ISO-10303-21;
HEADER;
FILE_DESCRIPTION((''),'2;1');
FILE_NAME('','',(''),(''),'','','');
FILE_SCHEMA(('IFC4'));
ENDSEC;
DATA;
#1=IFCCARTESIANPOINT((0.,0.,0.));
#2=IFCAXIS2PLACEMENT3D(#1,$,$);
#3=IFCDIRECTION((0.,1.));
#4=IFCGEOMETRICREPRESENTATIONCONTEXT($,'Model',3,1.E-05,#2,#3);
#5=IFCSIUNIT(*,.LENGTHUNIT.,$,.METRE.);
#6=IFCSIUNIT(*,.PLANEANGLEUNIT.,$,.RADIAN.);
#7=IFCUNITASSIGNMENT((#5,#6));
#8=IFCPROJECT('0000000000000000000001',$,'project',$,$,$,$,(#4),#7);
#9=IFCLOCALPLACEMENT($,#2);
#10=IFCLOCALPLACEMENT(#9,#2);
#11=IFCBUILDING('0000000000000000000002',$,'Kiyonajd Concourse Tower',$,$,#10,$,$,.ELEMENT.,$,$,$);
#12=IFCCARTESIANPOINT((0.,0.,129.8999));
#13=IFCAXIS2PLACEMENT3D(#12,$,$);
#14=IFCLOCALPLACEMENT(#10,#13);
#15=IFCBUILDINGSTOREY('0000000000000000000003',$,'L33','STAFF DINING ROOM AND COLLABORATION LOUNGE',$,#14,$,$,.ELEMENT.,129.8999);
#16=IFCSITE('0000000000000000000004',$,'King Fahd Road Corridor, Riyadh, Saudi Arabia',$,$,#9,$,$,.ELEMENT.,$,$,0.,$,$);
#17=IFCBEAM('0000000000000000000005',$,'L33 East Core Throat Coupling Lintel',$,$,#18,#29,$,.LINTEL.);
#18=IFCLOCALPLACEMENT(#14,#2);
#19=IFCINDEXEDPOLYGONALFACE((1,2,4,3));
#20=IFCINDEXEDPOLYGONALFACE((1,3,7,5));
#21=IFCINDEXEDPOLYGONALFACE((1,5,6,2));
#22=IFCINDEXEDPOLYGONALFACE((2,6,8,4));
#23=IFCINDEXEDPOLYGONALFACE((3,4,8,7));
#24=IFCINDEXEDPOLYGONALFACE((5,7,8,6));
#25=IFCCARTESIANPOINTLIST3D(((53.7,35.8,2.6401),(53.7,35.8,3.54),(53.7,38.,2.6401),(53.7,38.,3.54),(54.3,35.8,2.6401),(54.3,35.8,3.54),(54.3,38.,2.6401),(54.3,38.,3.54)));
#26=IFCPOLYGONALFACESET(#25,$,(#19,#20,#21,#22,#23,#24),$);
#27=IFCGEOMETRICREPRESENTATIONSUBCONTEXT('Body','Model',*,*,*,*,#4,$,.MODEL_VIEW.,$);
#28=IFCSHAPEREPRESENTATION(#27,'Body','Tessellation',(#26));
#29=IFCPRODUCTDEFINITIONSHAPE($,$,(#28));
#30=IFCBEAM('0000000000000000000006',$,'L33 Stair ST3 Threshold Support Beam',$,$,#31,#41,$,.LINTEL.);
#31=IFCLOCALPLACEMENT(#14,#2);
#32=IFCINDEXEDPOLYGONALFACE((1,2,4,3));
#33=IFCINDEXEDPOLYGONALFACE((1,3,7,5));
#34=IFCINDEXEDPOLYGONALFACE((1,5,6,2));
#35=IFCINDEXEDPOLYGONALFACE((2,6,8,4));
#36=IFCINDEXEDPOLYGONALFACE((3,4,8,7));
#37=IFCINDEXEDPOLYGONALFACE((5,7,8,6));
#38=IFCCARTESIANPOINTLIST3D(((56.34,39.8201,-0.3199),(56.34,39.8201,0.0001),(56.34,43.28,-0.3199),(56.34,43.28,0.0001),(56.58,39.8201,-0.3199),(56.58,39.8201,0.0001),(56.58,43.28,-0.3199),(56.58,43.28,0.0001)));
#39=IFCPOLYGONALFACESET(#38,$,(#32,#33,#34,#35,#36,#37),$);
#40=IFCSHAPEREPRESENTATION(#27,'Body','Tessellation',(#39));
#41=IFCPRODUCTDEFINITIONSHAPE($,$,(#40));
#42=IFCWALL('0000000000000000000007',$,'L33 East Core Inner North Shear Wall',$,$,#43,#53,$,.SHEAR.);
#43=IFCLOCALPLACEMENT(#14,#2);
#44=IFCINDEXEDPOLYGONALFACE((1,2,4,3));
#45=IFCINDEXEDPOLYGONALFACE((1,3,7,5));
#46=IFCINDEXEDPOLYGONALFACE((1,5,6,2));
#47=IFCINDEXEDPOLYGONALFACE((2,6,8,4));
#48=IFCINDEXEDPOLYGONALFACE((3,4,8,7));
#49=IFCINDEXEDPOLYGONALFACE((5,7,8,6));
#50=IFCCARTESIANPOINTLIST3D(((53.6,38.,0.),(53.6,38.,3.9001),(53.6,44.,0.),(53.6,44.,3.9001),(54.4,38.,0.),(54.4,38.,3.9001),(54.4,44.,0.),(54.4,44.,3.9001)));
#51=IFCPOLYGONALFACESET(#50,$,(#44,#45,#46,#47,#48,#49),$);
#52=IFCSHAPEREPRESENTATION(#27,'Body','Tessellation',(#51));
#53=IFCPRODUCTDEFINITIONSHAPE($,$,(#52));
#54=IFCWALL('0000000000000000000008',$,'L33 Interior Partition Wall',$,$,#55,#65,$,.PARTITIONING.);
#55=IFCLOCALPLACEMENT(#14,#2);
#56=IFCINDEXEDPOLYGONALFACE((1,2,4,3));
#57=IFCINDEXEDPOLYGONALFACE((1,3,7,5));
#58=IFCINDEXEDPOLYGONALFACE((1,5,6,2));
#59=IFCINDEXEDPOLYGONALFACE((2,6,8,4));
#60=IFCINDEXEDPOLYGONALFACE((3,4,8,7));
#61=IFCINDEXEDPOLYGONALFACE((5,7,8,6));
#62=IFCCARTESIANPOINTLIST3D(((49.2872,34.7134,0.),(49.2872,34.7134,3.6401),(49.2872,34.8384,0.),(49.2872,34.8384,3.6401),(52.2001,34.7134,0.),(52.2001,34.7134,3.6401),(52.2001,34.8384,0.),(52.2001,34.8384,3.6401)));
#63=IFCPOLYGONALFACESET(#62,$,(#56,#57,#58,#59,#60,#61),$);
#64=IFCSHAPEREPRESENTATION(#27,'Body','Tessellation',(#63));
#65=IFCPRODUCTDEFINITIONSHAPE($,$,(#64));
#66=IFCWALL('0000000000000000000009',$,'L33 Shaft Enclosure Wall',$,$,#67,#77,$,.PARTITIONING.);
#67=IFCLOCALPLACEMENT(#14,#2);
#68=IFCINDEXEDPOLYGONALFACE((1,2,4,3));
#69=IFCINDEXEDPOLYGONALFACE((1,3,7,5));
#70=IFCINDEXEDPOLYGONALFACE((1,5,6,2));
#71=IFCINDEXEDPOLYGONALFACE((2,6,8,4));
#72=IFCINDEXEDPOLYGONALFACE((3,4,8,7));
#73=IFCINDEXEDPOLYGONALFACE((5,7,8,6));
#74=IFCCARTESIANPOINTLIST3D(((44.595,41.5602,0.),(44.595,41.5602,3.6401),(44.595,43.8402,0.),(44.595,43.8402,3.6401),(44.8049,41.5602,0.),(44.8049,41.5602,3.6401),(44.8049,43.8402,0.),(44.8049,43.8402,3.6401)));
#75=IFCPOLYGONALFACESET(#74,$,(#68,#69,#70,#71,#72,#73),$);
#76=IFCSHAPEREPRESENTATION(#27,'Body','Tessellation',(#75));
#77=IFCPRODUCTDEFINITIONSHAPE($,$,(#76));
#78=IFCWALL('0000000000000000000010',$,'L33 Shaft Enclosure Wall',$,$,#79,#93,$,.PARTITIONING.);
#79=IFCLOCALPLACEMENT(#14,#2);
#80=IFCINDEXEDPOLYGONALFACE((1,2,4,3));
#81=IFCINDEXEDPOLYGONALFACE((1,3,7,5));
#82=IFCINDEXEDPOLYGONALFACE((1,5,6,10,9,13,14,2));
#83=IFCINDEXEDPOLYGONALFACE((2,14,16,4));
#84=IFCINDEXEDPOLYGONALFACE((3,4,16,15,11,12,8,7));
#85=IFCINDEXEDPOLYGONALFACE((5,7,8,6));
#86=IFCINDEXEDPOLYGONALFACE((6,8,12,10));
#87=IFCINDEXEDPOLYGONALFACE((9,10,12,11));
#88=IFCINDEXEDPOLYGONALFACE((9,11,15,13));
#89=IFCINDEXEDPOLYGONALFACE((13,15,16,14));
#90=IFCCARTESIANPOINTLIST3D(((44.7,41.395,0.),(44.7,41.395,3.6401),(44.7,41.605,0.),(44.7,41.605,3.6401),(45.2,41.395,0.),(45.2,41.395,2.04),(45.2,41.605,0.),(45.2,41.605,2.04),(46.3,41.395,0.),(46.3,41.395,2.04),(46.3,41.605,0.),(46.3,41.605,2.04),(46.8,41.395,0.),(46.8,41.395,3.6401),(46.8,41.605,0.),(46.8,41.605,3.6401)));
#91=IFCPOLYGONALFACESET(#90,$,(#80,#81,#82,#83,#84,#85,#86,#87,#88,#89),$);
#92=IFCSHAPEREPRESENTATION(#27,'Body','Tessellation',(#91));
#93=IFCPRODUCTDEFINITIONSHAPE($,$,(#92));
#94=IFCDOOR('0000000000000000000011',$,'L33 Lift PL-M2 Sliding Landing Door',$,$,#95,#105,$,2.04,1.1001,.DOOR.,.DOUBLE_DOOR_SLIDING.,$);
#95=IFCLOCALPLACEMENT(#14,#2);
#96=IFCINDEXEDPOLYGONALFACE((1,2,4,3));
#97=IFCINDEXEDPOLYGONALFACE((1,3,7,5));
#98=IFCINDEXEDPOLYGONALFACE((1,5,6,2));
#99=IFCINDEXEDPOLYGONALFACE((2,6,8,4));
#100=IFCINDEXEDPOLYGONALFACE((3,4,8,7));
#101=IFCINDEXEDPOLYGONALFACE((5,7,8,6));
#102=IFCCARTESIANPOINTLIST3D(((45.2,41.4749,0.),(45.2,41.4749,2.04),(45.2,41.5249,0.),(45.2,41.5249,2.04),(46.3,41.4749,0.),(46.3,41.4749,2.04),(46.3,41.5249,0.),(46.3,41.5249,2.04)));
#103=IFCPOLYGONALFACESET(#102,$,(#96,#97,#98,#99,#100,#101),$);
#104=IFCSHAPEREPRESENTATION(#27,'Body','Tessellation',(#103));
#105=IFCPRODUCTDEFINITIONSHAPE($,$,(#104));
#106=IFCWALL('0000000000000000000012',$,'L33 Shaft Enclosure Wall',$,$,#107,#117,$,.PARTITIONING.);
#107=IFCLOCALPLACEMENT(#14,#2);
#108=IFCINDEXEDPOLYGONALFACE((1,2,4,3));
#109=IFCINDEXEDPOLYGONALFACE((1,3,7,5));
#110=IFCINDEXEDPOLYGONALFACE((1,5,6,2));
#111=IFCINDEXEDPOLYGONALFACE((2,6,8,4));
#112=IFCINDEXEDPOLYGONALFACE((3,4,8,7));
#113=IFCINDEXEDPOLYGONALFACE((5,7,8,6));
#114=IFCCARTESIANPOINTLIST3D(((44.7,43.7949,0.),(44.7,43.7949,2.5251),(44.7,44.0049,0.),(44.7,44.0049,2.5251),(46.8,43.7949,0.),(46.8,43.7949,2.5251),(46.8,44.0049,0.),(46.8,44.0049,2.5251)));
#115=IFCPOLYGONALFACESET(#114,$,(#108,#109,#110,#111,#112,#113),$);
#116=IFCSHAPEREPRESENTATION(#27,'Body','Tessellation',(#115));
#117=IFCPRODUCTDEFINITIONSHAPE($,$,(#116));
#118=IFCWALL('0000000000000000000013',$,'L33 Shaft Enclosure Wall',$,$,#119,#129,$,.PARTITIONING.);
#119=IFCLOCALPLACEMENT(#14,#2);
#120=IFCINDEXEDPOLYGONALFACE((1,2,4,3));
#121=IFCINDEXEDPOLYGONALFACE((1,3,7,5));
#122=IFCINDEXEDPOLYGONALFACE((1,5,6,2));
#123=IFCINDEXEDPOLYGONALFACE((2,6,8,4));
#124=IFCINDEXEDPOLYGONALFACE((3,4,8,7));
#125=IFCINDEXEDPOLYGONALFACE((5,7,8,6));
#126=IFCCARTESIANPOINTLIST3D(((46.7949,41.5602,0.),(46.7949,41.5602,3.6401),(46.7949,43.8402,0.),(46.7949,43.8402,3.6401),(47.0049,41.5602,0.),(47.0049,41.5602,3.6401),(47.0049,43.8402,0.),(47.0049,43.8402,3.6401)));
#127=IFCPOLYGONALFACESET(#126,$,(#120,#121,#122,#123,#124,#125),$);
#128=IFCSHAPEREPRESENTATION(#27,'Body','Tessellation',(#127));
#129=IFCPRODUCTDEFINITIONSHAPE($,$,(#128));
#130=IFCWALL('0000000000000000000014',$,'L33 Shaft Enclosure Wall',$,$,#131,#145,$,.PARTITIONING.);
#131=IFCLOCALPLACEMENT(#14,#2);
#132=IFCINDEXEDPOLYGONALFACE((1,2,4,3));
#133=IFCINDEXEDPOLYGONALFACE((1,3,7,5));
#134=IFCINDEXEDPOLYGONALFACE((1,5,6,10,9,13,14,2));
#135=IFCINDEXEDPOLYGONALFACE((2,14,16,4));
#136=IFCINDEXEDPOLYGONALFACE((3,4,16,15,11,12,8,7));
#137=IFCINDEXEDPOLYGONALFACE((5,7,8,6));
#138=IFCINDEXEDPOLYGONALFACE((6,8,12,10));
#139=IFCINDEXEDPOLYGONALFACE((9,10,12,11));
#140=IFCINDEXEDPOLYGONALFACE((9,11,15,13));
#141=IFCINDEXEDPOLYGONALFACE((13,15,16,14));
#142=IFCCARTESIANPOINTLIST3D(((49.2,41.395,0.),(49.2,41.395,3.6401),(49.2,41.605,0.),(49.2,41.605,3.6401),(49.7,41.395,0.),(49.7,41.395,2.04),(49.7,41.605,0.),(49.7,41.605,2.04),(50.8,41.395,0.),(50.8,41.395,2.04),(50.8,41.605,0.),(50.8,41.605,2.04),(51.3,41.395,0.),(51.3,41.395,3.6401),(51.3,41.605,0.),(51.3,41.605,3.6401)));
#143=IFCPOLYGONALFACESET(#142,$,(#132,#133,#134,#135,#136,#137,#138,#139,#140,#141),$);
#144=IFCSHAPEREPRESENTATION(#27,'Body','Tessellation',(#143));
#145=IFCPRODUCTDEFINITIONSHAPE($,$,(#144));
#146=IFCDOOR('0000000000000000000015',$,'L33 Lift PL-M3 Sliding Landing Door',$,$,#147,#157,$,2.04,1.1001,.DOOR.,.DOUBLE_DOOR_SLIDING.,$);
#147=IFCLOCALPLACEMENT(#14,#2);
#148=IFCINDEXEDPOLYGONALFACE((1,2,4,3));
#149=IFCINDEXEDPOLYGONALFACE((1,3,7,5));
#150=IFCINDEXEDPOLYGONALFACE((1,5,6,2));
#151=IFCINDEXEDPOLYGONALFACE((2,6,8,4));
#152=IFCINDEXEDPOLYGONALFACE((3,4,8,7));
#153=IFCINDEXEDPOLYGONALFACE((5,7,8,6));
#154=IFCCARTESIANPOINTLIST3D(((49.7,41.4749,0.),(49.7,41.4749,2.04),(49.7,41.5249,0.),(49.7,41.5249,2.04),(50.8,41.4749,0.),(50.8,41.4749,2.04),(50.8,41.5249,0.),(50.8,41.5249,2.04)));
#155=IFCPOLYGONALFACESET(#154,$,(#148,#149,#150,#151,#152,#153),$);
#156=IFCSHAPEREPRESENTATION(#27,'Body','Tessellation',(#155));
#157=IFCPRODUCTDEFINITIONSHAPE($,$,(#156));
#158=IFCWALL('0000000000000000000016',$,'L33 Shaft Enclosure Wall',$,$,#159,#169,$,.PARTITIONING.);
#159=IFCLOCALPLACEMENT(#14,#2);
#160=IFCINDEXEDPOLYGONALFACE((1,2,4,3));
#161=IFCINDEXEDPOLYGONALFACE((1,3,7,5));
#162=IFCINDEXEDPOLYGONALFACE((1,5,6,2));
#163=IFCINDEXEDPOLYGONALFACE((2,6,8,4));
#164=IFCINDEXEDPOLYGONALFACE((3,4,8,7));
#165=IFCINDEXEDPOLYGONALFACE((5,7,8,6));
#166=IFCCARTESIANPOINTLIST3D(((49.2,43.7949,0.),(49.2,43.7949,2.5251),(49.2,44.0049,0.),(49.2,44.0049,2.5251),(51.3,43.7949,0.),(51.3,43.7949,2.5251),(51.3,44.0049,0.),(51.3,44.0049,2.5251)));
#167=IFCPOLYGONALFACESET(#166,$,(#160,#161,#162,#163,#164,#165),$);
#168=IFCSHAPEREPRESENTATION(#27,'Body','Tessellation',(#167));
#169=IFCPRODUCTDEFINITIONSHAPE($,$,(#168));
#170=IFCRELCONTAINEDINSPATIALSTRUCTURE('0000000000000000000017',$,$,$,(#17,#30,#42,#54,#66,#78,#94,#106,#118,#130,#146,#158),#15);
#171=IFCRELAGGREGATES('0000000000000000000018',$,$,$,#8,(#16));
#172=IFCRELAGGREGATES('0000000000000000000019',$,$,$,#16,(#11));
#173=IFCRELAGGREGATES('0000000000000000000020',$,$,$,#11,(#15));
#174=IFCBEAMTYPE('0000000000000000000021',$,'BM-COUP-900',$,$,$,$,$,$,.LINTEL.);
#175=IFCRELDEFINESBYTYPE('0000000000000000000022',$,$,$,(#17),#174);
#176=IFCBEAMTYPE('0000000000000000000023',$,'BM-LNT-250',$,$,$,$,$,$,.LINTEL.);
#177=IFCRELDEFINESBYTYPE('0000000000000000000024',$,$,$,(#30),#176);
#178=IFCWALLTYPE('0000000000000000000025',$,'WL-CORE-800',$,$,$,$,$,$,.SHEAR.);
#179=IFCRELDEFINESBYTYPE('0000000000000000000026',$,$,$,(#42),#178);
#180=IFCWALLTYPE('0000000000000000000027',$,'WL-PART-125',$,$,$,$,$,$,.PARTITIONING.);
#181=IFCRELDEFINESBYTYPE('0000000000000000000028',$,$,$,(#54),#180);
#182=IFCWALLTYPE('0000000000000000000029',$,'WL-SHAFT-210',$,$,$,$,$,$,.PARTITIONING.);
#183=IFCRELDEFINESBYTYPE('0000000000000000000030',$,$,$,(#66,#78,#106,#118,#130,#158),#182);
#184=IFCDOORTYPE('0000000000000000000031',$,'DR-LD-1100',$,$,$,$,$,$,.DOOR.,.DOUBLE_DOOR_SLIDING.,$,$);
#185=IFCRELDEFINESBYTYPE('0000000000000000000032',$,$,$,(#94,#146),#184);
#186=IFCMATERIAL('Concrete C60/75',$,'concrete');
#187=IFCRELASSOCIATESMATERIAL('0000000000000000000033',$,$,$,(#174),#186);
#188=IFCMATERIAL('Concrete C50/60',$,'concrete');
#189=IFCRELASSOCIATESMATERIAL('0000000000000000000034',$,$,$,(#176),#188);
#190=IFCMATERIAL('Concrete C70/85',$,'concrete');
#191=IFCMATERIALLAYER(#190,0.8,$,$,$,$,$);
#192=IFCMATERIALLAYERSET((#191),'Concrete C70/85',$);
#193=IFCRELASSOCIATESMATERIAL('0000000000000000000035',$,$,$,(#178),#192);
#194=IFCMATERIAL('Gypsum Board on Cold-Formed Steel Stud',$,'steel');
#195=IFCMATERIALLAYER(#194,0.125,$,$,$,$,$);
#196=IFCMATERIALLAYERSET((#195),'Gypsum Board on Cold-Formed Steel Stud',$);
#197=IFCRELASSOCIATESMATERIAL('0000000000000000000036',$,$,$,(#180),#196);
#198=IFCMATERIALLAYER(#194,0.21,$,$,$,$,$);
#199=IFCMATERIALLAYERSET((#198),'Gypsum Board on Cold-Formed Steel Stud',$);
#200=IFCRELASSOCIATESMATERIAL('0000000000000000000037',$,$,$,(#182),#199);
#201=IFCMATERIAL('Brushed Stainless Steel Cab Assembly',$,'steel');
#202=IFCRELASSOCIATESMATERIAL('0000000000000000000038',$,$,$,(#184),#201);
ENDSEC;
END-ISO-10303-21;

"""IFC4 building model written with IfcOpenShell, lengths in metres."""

from ifc_helpers import new_model, si_unit, direction, frame, frame_2d, origin, origin_2d, place, context, subcontext, project, spatial, rectangle, extrude, material, layer, layer_set, material_profile, profile_set, type_object, element, fill, save


model = new_model("IFC4")

# Units and contexts
model_context = context("Model", 3, precision=1e-05, world=origin(), true_north=direction((0.0, 1.0)))
body_context = subcontext(model_context, "Body", "Model", "MODEL_VIEW")
ifc_project = project(units=[si_unit("LENGTHUNIT", "METRE"), si_unit("PLANEANGLEUNIT", "RADIAN")], contexts=[model_context])

# Site, building, storey
site_placement = place(None, origin())
site = spatial("IfcSite", under=ifc_project, at=site_placement, Name="King Fahd Road Corridor, Riyadh, Saudi Arabia", CompositionType="ELEMENT", RefElevation=0.0)
building_placement = place(site_placement, origin())
building = spatial("IfcBuilding", under=site, at=building_placement, Name="Kiyonajd Concourse Tower", CompositionType="ELEMENT")
storey_placement = place(building_placement, frame((0.0, 0.0, 129.8999)))
storey = spatial("IfcBuildingStorey", under=building, at=storey_placement, Name="L33", Description="STAFF DINING ROOM AND COLLABORATION LOUNGE", CompositionType="ELEMENT", Elevation=129.8999)

# Beams
ifc_material_1 = material(Name="Concrete C60/75", Category="concrete")
ifc_material_profile_1 = material_profile(ifc_material_1, rectangle(XDim=0.6001, YDim=0.8999, at=origin_2d()), Name="RCBM-600x900")
ifc_profile_set_1 = profile_set([ifc_material_profile_1], Name="Concrete C60/75")
beam_type_1 = type_object("IfcBeamType", Name="BM-COUP-900", PredefinedType="LINTEL", material=ifc_profile_set_1)
beam_1_placement = place(storey_placement, frame((54.0, 35.8, 3.0901), z_axis=(0.0, 1.0, 0.0), x_axis=(-1.0, 0.0, 0.0)))
element("IfcBeam", 1, at=beam_1_placement, inside=storey, type_object=beam_type_1, Name="L33 East Core Throat Coupling Lintel", PredefinedType="LINTEL", context=body_context, shape_type="SweptSolid", body=[
    extrude(rectangle(XDim=0.6001, YDim=0.8999, at=origin_2d()), origin(), (0.0, 0.0, 1.0), 2.2),
])
ifc_material_2 = material(Name="Concrete C50/60", Category="concrete")
ifc_material_profile_2 = material_profile(ifc_material_2, rectangle(XDim=0.24, YDim=0.3201, at=origin_2d()), Name="RCBM-240x320")
ifc_profile_set_2 = profile_set([ifc_material_profile_2], Name="Concrete C50/60")
beam_type_2 = type_object("IfcBeamType", Name="BM-LNT-250", PredefinedType="LINTEL", material=ifc_profile_set_2)
beam_2_placement = place(storey_placement, frame((56.46, 39.8201, -0.1599), z_axis=(0.0, 1.0, 0.0), x_axis=(-1.0, 0.0, 0.0)))
element("IfcBeam", 2, at=beam_2_placement, inside=storey, type_object=beam_type_2, Name="L33 Stair ST3 Threshold Support Beam", PredefinedType="LINTEL", context=body_context, shape_type="SweptSolid", body=[
    extrude(rectangle(XDim=0.24, YDim=0.3201, at=origin_2d()), origin(), (0.0, 0.0, 1.0), 3.46),
])

# Walls
ifc_material_3 = material(Name="Concrete C70/85", Category="concrete")
ifc_layer_1 = layer(ifc_material_3, 0.8)
ifc_layer_set_1 = layer_set([ifc_layer_1], Name="Concrete C70/85")
wall_type_1 = type_object("IfcWallType", Name="WL-CORE-800", PredefinedType="SHEAR", material=ifc_layer_set_1)
wall_1_placement = place(storey_placement, frame((54.0, 38.0, 0.0), z_axis=(0.0, 0.0, 1.0), x_axis=(0.0, 1.0, 0.0)))
element("IfcWall", 3, at=wall_1_placement, inside=storey, type_object=wall_type_1, Name="L33 East Core Inner North Shear Wall", PredefinedType="SHEAR", context=body_context, shape_type="SweptSolid", body=[
    extrude(rectangle(XDim=6.0, YDim=0.8, at=frame_2d((3.0, 0.0))), origin(), (0.0, 0.0, 1.0), 3.9001),
])
ifc_material_4 = material(Name="Gypsum Board on Cold-Formed Steel Stud", Category="steel")
ifc_layer_2 = layer(ifc_material_4, 0.125)
ifc_layer_set_2 = layer_set([ifc_layer_2], Name="Gypsum Board on Cold-Formed Steel Stud")
wall_type_2 = type_object("IfcWallType", Name="WL-PART-125", PredefinedType="PARTITIONING", material=ifc_layer_set_2)
wall_2_placement = place(storey_placement, frame((49.2871, 34.7759, 0.0), z_axis=(0.0, 0.0, 1.0), x_axis=(1.0, 0.0, 0.0)))
element("IfcWall", 4, at=wall_2_placement, inside=storey, type_object=wall_type_2, Name="L33 Interior Partition Wall", PredefinedType="PARTITIONING", context=body_context, shape_type="SweptSolid", body=[
    extrude(rectangle(XDim=2.9128, YDim=0.125, at=frame_2d((1.4565, 0.0))), origin(), (0.0, 0.0, 1.0), 3.6401),
])
ifc_layer_3 = layer(ifc_material_4, 0.21)
ifc_layer_set_3 = layer_set([ifc_layer_3], Name="Gypsum Board on Cold-Formed Steel Stud")
wall_type_3 = type_object("IfcWallType", Name="WL-SHAFT-210", PredefinedType="PARTITIONING", material=ifc_layer_set_3)
wall_3_placement = place(storey_placement, frame((44.7, 41.5601, 0.0), z_axis=(0.0, 0.0, 1.0), x_axis=(0.0, 1.0, 0.0)))
element("IfcWall", 5, at=wall_3_placement, inside=storey, type_object=wall_type_3, Name="L33 Shaft Enclosure Wall", PredefinedType="PARTITIONING", context=body_context, shape_type="SweptSolid", body=[
    extrude(rectangle(XDim=2.28, YDim=0.21, at=frame_2d((1.1401, 0.0))), origin(), (0.0, 0.0, 1.0), 3.6401),
])

# Wall, opening, door
wall_4_placement = place(storey_placement, frame((44.7, 41.5, 0.0), z_axis=(0.0, 0.0, 1.0), x_axis=(1.0, 0.0, 0.0)))
wall_4 = element("IfcWall", 6, at=wall_4_placement, inside=storey, type_object=wall_type_3, Name="L33 Shaft Enclosure Wall", PredefinedType="PARTITIONING", context=body_context, shape_type="SweptSolid", body=[
    extrude(rectangle(XDim=2.1001, YDim=0.21, at=frame_2d((1.05, 0.0))), origin(), (0.0, 0.0, 1.0), 3.6401),
])
opening_1_placement = place(wall_4_placement, frame((0.5, 0.0, 0.0)))
opening_1 = element("IfcOpeningElement", 7, at=opening_1_placement, cuts=wall_4, PredefinedType="OPENING", context=body_context, shape_type="SweptSolid", body=[
    extrude(rectangle(XDim=1.1001, YDim=2.04, at=frame_2d((0.55, 1.02))), frame((0.0, 0.115, 0.0), z_axis=(0.0, -1.0, 0.0), x_axis=(1.0, 0.0, 0.0)), (0.0, 0.0, 1.0), 0.23),
])
ifc_material_5 = material(Name="Brushed Stainless Steel Cab Assembly", Category="steel")
door_type_1 = type_object("IfcDoorType", Name="DR-LD-1100", OperationType="DOUBLE_DOOR_SLIDING", PredefinedType="DOOR", material=ifc_material_5)
door_1_placement = place(opening_1_placement, origin())
door_1 = element("IfcDoor", 8, at=door_1_placement, inside=storey, type_object=door_type_1, Name="L33 Lift PL-M2 Sliding Landing Door", OperationType="DOUBLE_DOOR_SLIDING", OverallHeight=2.04, OverallWidth=1.1001, PredefinedType="DOOR", context=body_context, shape_type="SweptSolid", body=[
    extrude(rectangle(XDim=1.1001, YDim=2.04, at=frame_2d((0.55, 1.02))), frame((0.0, 0.0249, 0.0), z_axis=(0.0, -1.0, 0.0), x_axis=(1.0, 0.0, 0.0)), (0.0, 0.0, 1.0), 0.05),
])
fill(opening_1, door_1)

# Walls
wall_5_placement = place(storey_placement, frame((44.7, 43.8999, 0.0), z_axis=(0.0, 0.0, 1.0), x_axis=(1.0, 0.0, 0.0)))
element("IfcWall", 9, at=wall_5_placement, inside=storey, type_object=wall_type_3, Name="L33 Shaft Enclosure Wall", PredefinedType="PARTITIONING", context=body_context, shape_type="SweptSolid", body=[
    extrude(rectangle(XDim=2.1001, YDim=0.21, at=frame_2d((1.05, 0.0))), origin(), (0.0, 0.0, 1.0), 2.5251),
])
wall_6_placement = place(storey_placement, frame((46.8999, 41.5601, 0.0), z_axis=(0.0, 0.0, 1.0), x_axis=(0.0, 1.0, 0.0)))
element("IfcWall", 10, at=wall_6_placement, inside=storey, type_object=wall_type_3, Name="L33 Shaft Enclosure Wall", PredefinedType="PARTITIONING", context=body_context, shape_type="SweptSolid", body=[
    extrude(rectangle(XDim=2.28, YDim=0.21, at=frame_2d((1.1401, 0.0))), origin(), (0.0, 0.0, 1.0), 3.6401),
])

# Wall, opening, door
wall_7_placement = place(storey_placement, frame((49.2, 41.5, 0.0), z_axis=(0.0, 0.0, 1.0), x_axis=(1.0, 0.0, 0.0)))
wall_7 = element("IfcWall", 11, at=wall_7_placement, inside=storey, type_object=wall_type_3, Name="L33 Shaft Enclosure Wall", PredefinedType="PARTITIONING", context=body_context, shape_type="SweptSolid", body=[
    extrude(rectangle(XDim=2.1001, YDim=0.21, at=frame_2d((1.05, 0.0))), origin(), (0.0, 0.0, 1.0), 3.6401),
])
opening_2_placement = place(wall_7_placement, frame((0.5, 0.0, 0.0)))
opening_2 = element("IfcOpeningElement", 12, at=opening_2_placement, cuts=wall_7, PredefinedType="OPENING", context=body_context, shape_type="SweptSolid", body=[
    extrude(rectangle(XDim=1.1001, YDim=2.04, at=frame_2d((0.55, 1.02))), frame((0.0, 0.115, 0.0), z_axis=(0.0, -1.0, 0.0), x_axis=(1.0, 0.0, 0.0)), (0.0, 0.0, 1.0), 0.23),
])
door_2_placement = place(opening_2_placement, origin())
door_2 = element("IfcDoor", 13, at=door_2_placement, inside=storey, type_object=door_type_1, Name="L33 Lift PL-M3 Sliding Landing Door", OperationType="DOUBLE_DOOR_SLIDING", OverallHeight=2.04, OverallWidth=1.1001, PredefinedType="DOOR", context=body_context, shape_type="SweptSolid", body=[
    extrude(rectangle(XDim=1.1001, YDim=2.04, at=frame_2d((0.55, 1.02))), frame((0.0, 0.0249, 0.0), z_axis=(0.0, -1.0, 0.0), x_axis=(1.0, 0.0, 0.0)), (0.0, 0.0, 1.0), 0.05),
])
fill(opening_2, door_2)

# Wall
wall_8_placement = place(storey_placement, frame((49.2, 43.8999, 0.0), z_axis=(0.0, 0.0, 1.0), x_axis=(1.0, 0.0, 0.0)))
element("IfcWall", 14, at=wall_8_placement, inside=storey, type_object=wall_type_3, Name="L33 Shaft Enclosure Wall", PredefinedType="PARTITIONING", context=body_context, shape_type="SweptSolid", body=[
    extrude(rectangle(XDim=2.1001, YDim=0.21, at=frame_2d((1.05, 0.0))), origin(), (0.0, 0.0, 1.0), 2.5251),
])

save(model, "model.ifc")
